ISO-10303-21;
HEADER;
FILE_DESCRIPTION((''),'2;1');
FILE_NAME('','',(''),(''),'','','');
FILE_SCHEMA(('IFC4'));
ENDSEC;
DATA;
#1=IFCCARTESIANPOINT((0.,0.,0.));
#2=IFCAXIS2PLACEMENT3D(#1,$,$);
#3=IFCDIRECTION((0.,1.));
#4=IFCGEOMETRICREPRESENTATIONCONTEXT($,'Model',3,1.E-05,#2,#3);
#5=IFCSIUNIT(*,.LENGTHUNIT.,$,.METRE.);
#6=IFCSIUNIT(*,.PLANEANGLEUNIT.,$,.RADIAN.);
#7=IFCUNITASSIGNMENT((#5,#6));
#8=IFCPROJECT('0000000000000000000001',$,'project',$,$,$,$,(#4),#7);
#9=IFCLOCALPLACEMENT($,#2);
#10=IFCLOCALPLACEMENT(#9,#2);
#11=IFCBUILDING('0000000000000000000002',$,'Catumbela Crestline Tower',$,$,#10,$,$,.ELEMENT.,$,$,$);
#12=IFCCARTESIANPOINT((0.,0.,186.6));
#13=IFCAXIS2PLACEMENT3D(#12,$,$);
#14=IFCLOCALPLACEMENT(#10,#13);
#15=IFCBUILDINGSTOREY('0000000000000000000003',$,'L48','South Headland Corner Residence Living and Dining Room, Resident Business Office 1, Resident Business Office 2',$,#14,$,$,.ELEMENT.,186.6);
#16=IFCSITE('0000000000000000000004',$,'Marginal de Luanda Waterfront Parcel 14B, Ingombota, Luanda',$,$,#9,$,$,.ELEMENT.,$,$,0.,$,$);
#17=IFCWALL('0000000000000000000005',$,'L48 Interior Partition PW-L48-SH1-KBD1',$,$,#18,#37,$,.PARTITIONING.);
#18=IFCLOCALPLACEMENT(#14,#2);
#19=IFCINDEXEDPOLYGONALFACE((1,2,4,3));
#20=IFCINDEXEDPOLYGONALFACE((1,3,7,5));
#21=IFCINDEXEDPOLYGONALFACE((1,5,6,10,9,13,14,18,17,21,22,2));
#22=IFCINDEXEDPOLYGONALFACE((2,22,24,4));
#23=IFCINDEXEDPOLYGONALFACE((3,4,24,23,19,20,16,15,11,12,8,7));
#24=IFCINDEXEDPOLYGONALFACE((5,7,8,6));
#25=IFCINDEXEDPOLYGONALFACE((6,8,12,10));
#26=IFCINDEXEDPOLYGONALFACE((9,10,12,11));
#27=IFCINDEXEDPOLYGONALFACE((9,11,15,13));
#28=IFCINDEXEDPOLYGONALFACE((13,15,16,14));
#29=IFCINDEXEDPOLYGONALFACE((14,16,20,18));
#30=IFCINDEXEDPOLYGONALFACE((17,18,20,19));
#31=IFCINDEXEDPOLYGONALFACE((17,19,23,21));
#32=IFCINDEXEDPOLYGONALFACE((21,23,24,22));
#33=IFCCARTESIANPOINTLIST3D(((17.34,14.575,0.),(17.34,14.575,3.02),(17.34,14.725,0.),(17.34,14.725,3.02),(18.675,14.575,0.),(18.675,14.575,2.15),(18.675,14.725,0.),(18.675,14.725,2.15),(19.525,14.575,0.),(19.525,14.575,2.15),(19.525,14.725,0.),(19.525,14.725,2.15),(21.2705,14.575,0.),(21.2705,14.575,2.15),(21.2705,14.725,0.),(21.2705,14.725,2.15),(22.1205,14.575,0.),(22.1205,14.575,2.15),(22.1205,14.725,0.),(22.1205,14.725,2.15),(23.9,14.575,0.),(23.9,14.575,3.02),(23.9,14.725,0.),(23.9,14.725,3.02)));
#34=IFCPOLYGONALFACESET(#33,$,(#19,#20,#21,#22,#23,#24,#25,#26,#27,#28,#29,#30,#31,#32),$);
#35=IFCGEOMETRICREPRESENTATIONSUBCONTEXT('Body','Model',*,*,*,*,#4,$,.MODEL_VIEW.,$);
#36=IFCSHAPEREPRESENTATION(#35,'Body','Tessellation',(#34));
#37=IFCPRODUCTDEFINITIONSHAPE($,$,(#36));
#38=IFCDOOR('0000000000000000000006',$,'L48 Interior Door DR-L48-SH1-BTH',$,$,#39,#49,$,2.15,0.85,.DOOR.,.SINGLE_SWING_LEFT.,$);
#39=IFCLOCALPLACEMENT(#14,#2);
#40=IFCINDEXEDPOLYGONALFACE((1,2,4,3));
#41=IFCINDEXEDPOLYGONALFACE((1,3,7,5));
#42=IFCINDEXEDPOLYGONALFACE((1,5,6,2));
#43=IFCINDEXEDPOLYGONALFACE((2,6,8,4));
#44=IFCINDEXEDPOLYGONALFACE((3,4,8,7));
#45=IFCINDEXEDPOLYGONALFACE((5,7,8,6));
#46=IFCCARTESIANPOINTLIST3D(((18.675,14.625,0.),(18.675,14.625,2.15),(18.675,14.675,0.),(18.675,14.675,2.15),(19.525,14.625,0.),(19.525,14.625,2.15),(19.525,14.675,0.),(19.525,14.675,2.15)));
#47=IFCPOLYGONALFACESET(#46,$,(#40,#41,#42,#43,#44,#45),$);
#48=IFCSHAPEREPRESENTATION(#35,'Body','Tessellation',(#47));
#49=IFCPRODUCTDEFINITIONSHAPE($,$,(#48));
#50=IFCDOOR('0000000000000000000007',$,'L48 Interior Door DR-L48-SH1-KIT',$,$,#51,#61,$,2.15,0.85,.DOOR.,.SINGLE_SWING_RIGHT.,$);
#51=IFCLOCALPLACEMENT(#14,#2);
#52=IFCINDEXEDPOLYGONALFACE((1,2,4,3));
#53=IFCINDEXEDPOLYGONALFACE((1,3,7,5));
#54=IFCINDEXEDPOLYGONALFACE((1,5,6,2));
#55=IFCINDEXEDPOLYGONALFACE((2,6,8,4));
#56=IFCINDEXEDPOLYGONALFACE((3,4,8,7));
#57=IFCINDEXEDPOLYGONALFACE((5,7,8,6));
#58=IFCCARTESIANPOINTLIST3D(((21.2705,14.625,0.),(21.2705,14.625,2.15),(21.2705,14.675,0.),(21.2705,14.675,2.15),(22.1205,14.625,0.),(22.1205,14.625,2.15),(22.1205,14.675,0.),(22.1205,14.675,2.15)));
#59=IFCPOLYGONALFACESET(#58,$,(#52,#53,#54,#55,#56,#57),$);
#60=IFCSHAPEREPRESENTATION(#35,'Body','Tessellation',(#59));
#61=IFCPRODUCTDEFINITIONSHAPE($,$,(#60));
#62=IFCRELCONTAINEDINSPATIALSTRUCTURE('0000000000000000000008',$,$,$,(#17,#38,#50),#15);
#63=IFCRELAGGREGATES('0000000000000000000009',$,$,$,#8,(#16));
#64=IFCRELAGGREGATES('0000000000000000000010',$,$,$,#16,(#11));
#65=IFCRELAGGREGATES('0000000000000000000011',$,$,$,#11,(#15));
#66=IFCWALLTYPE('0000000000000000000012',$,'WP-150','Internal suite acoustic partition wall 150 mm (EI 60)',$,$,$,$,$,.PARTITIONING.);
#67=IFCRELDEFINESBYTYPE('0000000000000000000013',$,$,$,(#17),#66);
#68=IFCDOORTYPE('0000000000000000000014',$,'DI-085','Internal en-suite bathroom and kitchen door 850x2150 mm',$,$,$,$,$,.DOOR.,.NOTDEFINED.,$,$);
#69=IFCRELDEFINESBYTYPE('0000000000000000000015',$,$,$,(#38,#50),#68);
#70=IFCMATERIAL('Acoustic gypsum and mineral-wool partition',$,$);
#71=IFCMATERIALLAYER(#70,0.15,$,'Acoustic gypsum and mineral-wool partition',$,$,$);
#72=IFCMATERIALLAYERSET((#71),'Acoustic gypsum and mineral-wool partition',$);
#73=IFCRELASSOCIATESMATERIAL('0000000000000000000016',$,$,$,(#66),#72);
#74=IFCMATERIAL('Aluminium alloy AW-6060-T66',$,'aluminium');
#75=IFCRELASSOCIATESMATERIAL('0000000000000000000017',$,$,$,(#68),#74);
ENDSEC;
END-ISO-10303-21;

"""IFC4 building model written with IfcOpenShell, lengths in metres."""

from ifc_helpers import new_model, si_unit, direction, frame, frame_2d, origin, place, context, subcontext, project, spatial, rectangle, extrude, material, layer, layer_set, type_object, element, fill, save


model = new_model("IFC4")

# Units and contexts
model_context = context("Model", 3, precision=1e-05, world=origin(), true_north=direction((0.0, 1.0)))
body_context = subcontext(model_context, "Body", "Model", "MODEL_VIEW")
ifc_project = project(units=[si_unit("LENGTHUNIT", "METRE"), si_unit("PLANEANGLEUNIT", "RADIAN")], contexts=[model_context])

# Site, building, storey
site_placement = place(None, origin())
site = spatial("IfcSite", under=ifc_project, at=site_placement, Name="Marginal de Luanda Waterfront Parcel 14B, Ingombota, Luanda", CompositionType="ELEMENT", RefElevation=0.0)
building_placement = place(site_placement, origin())
building = spatial("IfcBuilding", under=site, at=building_placement, Name="Catumbela Crestline Tower", CompositionType="ELEMENT")
storey_placement = place(building_placement, frame((0.0, 0.0, 186.6)))
storey = spatial("IfcBuildingStorey", under=building, at=storey_placement, Name="L48", Description="South Headland Corner Residence Living and Dining Room, Resident Business Office 1, Resident Business Office 2", CompositionType="ELEMENT", Elevation=186.6)

# Shared definitions
ifc_material_1 = material(Name="Acoustic gypsum and mineral-wool partition")
ifc_material_2 = material(Name="Aluminium alloy AW-6060-T66", Category="aluminium")

# Shared definitions
ifc_layer_1 = layer(ifc_material_1, 0.15, Name="Acoustic gypsum and mineral-wool partition")
ifc_layer_set_1 = layer_set([ifc_layer_1], Name="Acoustic gypsum and mineral-wool partition")
wall_type_1 = type_object("IfcWallType", Name="WP-150", Description="Internal suite acoustic partition wall 150 mm (EI 60)", PredefinedType="PARTITIONING", material=ifc_layer_set_1)

# Wall, openings, doors
wall_1_placement = place(storey_placement, frame((17.34, 14.65, 0.0), z_axis=(0.0, 0.0, 1.0), x_axis=(1.0, 0.0, 0.0)))
wall_1 = element("IfcWall", 1, at=wall_1_placement, inside=storey, type_object=wall_type_1, Name="L48 Interior Partition PW-L48-SH1-KBD1", PredefinedType="PARTITIONING", context=body_context, shape_type="SweptSolid", body=[
    extrude(rectangle(XDim=6.56, YDim=0.15, at=frame_2d((3.28, 0.0))), origin(), (0.0, 0.0, 1.0), 3.02),
])
opening_1_placement = place(wall_1_placement, frame((1.335, 0.0, 0.0)))
opening_1 = element("IfcOpeningElement", 2, at=opening_1_placement, cuts=wall_1, PredefinedType="OPENING", context=body_context, shape_type="SweptSolid", body=[
    extrude(rectangle(XDim=0.85, YDim=2.15, at=frame_2d((0.425, 1.075))), frame((0.0, 0.085, 0.0), z_axis=(0.0, -1.0, 0.0), x_axis=(1.0, 0.0, 0.0)), (0.0, 0.0, 1.0), 0.17),
])
opening_2_placement = place(wall_1_placement, frame((3.9305, 0.0, 0.0)))
opening_2 = element("IfcOpeningElement", 3, at=opening_2_placement, cuts=wall_1, PredefinedType="OPENING", context=body_context, shape_type="SweptSolid", body=[
    extrude(rectangle(XDim=0.85, YDim=2.15, at=frame_2d((0.425, 1.075))), frame((0.0, 0.085, 0.0), z_axis=(0.0, -1.0, 0.0), x_axis=(1.0, 0.0, 0.0)), (0.0, 0.0, 1.0), 0.17),
])
door_type_1 = type_object("IfcDoorType", Name="DI-085", Description="Internal en-suite bathroom and kitchen door 850x2150 mm", OperationType="NOTDEFINED", PredefinedType="DOOR", material=ifc_material_2)
door_1_placement = place(opening_1_placement, origin())
door_1 = element("IfcDoor", 4, at=door_1_placement, inside=storey, type_object=door_type_1, Name="L48 Interior Door DR-L48-SH1-BTH", OperationType="SINGLE_SWING_LEFT", OverallHeight=2.15, OverallWidth=0.85, PredefinedType="DOOR", context=body_context, shape_type="SweptSolid", body=[
    extrude(rectangle(XDim=0.85, YDim=2.15, at=frame_2d((0.425, 1.075))), frame((0.0, 0.025, 0.0), z_axis=(0.0, -1.0, 0.0), x_axis=(1.0, 0.0, 0.0)), (0.0, 0.0, 1.0), 0.05),
])
fill(opening_1, door_1)
door_2_placement = place(opening_2_placement, origin())
door_2 = element("IfcDoor", 5, at=door_2_placement, inside=storey, type_object=door_type_1, Name="L48 Interior Door DR-L48-SH1-KIT", OperationType="SINGLE_SWING_RIGHT", OverallHeight=2.15, OverallWidth=0.85, PredefinedType="DOOR", context=body_context, shape_type="SweptSolid", body=[
    extrude(rectangle(XDim=0.85, YDim=2.15, at=frame_2d((0.425, 1.075))), frame((0.0, 0.025, 0.0), z_axis=(0.0, -1.0, 0.0), x_axis=(1.0, 0.0, 0.0)), (0.0, 0.0, 1.0), 0.05),
])
fill(opening_2, door_2)

save(model, "model.ifc")
